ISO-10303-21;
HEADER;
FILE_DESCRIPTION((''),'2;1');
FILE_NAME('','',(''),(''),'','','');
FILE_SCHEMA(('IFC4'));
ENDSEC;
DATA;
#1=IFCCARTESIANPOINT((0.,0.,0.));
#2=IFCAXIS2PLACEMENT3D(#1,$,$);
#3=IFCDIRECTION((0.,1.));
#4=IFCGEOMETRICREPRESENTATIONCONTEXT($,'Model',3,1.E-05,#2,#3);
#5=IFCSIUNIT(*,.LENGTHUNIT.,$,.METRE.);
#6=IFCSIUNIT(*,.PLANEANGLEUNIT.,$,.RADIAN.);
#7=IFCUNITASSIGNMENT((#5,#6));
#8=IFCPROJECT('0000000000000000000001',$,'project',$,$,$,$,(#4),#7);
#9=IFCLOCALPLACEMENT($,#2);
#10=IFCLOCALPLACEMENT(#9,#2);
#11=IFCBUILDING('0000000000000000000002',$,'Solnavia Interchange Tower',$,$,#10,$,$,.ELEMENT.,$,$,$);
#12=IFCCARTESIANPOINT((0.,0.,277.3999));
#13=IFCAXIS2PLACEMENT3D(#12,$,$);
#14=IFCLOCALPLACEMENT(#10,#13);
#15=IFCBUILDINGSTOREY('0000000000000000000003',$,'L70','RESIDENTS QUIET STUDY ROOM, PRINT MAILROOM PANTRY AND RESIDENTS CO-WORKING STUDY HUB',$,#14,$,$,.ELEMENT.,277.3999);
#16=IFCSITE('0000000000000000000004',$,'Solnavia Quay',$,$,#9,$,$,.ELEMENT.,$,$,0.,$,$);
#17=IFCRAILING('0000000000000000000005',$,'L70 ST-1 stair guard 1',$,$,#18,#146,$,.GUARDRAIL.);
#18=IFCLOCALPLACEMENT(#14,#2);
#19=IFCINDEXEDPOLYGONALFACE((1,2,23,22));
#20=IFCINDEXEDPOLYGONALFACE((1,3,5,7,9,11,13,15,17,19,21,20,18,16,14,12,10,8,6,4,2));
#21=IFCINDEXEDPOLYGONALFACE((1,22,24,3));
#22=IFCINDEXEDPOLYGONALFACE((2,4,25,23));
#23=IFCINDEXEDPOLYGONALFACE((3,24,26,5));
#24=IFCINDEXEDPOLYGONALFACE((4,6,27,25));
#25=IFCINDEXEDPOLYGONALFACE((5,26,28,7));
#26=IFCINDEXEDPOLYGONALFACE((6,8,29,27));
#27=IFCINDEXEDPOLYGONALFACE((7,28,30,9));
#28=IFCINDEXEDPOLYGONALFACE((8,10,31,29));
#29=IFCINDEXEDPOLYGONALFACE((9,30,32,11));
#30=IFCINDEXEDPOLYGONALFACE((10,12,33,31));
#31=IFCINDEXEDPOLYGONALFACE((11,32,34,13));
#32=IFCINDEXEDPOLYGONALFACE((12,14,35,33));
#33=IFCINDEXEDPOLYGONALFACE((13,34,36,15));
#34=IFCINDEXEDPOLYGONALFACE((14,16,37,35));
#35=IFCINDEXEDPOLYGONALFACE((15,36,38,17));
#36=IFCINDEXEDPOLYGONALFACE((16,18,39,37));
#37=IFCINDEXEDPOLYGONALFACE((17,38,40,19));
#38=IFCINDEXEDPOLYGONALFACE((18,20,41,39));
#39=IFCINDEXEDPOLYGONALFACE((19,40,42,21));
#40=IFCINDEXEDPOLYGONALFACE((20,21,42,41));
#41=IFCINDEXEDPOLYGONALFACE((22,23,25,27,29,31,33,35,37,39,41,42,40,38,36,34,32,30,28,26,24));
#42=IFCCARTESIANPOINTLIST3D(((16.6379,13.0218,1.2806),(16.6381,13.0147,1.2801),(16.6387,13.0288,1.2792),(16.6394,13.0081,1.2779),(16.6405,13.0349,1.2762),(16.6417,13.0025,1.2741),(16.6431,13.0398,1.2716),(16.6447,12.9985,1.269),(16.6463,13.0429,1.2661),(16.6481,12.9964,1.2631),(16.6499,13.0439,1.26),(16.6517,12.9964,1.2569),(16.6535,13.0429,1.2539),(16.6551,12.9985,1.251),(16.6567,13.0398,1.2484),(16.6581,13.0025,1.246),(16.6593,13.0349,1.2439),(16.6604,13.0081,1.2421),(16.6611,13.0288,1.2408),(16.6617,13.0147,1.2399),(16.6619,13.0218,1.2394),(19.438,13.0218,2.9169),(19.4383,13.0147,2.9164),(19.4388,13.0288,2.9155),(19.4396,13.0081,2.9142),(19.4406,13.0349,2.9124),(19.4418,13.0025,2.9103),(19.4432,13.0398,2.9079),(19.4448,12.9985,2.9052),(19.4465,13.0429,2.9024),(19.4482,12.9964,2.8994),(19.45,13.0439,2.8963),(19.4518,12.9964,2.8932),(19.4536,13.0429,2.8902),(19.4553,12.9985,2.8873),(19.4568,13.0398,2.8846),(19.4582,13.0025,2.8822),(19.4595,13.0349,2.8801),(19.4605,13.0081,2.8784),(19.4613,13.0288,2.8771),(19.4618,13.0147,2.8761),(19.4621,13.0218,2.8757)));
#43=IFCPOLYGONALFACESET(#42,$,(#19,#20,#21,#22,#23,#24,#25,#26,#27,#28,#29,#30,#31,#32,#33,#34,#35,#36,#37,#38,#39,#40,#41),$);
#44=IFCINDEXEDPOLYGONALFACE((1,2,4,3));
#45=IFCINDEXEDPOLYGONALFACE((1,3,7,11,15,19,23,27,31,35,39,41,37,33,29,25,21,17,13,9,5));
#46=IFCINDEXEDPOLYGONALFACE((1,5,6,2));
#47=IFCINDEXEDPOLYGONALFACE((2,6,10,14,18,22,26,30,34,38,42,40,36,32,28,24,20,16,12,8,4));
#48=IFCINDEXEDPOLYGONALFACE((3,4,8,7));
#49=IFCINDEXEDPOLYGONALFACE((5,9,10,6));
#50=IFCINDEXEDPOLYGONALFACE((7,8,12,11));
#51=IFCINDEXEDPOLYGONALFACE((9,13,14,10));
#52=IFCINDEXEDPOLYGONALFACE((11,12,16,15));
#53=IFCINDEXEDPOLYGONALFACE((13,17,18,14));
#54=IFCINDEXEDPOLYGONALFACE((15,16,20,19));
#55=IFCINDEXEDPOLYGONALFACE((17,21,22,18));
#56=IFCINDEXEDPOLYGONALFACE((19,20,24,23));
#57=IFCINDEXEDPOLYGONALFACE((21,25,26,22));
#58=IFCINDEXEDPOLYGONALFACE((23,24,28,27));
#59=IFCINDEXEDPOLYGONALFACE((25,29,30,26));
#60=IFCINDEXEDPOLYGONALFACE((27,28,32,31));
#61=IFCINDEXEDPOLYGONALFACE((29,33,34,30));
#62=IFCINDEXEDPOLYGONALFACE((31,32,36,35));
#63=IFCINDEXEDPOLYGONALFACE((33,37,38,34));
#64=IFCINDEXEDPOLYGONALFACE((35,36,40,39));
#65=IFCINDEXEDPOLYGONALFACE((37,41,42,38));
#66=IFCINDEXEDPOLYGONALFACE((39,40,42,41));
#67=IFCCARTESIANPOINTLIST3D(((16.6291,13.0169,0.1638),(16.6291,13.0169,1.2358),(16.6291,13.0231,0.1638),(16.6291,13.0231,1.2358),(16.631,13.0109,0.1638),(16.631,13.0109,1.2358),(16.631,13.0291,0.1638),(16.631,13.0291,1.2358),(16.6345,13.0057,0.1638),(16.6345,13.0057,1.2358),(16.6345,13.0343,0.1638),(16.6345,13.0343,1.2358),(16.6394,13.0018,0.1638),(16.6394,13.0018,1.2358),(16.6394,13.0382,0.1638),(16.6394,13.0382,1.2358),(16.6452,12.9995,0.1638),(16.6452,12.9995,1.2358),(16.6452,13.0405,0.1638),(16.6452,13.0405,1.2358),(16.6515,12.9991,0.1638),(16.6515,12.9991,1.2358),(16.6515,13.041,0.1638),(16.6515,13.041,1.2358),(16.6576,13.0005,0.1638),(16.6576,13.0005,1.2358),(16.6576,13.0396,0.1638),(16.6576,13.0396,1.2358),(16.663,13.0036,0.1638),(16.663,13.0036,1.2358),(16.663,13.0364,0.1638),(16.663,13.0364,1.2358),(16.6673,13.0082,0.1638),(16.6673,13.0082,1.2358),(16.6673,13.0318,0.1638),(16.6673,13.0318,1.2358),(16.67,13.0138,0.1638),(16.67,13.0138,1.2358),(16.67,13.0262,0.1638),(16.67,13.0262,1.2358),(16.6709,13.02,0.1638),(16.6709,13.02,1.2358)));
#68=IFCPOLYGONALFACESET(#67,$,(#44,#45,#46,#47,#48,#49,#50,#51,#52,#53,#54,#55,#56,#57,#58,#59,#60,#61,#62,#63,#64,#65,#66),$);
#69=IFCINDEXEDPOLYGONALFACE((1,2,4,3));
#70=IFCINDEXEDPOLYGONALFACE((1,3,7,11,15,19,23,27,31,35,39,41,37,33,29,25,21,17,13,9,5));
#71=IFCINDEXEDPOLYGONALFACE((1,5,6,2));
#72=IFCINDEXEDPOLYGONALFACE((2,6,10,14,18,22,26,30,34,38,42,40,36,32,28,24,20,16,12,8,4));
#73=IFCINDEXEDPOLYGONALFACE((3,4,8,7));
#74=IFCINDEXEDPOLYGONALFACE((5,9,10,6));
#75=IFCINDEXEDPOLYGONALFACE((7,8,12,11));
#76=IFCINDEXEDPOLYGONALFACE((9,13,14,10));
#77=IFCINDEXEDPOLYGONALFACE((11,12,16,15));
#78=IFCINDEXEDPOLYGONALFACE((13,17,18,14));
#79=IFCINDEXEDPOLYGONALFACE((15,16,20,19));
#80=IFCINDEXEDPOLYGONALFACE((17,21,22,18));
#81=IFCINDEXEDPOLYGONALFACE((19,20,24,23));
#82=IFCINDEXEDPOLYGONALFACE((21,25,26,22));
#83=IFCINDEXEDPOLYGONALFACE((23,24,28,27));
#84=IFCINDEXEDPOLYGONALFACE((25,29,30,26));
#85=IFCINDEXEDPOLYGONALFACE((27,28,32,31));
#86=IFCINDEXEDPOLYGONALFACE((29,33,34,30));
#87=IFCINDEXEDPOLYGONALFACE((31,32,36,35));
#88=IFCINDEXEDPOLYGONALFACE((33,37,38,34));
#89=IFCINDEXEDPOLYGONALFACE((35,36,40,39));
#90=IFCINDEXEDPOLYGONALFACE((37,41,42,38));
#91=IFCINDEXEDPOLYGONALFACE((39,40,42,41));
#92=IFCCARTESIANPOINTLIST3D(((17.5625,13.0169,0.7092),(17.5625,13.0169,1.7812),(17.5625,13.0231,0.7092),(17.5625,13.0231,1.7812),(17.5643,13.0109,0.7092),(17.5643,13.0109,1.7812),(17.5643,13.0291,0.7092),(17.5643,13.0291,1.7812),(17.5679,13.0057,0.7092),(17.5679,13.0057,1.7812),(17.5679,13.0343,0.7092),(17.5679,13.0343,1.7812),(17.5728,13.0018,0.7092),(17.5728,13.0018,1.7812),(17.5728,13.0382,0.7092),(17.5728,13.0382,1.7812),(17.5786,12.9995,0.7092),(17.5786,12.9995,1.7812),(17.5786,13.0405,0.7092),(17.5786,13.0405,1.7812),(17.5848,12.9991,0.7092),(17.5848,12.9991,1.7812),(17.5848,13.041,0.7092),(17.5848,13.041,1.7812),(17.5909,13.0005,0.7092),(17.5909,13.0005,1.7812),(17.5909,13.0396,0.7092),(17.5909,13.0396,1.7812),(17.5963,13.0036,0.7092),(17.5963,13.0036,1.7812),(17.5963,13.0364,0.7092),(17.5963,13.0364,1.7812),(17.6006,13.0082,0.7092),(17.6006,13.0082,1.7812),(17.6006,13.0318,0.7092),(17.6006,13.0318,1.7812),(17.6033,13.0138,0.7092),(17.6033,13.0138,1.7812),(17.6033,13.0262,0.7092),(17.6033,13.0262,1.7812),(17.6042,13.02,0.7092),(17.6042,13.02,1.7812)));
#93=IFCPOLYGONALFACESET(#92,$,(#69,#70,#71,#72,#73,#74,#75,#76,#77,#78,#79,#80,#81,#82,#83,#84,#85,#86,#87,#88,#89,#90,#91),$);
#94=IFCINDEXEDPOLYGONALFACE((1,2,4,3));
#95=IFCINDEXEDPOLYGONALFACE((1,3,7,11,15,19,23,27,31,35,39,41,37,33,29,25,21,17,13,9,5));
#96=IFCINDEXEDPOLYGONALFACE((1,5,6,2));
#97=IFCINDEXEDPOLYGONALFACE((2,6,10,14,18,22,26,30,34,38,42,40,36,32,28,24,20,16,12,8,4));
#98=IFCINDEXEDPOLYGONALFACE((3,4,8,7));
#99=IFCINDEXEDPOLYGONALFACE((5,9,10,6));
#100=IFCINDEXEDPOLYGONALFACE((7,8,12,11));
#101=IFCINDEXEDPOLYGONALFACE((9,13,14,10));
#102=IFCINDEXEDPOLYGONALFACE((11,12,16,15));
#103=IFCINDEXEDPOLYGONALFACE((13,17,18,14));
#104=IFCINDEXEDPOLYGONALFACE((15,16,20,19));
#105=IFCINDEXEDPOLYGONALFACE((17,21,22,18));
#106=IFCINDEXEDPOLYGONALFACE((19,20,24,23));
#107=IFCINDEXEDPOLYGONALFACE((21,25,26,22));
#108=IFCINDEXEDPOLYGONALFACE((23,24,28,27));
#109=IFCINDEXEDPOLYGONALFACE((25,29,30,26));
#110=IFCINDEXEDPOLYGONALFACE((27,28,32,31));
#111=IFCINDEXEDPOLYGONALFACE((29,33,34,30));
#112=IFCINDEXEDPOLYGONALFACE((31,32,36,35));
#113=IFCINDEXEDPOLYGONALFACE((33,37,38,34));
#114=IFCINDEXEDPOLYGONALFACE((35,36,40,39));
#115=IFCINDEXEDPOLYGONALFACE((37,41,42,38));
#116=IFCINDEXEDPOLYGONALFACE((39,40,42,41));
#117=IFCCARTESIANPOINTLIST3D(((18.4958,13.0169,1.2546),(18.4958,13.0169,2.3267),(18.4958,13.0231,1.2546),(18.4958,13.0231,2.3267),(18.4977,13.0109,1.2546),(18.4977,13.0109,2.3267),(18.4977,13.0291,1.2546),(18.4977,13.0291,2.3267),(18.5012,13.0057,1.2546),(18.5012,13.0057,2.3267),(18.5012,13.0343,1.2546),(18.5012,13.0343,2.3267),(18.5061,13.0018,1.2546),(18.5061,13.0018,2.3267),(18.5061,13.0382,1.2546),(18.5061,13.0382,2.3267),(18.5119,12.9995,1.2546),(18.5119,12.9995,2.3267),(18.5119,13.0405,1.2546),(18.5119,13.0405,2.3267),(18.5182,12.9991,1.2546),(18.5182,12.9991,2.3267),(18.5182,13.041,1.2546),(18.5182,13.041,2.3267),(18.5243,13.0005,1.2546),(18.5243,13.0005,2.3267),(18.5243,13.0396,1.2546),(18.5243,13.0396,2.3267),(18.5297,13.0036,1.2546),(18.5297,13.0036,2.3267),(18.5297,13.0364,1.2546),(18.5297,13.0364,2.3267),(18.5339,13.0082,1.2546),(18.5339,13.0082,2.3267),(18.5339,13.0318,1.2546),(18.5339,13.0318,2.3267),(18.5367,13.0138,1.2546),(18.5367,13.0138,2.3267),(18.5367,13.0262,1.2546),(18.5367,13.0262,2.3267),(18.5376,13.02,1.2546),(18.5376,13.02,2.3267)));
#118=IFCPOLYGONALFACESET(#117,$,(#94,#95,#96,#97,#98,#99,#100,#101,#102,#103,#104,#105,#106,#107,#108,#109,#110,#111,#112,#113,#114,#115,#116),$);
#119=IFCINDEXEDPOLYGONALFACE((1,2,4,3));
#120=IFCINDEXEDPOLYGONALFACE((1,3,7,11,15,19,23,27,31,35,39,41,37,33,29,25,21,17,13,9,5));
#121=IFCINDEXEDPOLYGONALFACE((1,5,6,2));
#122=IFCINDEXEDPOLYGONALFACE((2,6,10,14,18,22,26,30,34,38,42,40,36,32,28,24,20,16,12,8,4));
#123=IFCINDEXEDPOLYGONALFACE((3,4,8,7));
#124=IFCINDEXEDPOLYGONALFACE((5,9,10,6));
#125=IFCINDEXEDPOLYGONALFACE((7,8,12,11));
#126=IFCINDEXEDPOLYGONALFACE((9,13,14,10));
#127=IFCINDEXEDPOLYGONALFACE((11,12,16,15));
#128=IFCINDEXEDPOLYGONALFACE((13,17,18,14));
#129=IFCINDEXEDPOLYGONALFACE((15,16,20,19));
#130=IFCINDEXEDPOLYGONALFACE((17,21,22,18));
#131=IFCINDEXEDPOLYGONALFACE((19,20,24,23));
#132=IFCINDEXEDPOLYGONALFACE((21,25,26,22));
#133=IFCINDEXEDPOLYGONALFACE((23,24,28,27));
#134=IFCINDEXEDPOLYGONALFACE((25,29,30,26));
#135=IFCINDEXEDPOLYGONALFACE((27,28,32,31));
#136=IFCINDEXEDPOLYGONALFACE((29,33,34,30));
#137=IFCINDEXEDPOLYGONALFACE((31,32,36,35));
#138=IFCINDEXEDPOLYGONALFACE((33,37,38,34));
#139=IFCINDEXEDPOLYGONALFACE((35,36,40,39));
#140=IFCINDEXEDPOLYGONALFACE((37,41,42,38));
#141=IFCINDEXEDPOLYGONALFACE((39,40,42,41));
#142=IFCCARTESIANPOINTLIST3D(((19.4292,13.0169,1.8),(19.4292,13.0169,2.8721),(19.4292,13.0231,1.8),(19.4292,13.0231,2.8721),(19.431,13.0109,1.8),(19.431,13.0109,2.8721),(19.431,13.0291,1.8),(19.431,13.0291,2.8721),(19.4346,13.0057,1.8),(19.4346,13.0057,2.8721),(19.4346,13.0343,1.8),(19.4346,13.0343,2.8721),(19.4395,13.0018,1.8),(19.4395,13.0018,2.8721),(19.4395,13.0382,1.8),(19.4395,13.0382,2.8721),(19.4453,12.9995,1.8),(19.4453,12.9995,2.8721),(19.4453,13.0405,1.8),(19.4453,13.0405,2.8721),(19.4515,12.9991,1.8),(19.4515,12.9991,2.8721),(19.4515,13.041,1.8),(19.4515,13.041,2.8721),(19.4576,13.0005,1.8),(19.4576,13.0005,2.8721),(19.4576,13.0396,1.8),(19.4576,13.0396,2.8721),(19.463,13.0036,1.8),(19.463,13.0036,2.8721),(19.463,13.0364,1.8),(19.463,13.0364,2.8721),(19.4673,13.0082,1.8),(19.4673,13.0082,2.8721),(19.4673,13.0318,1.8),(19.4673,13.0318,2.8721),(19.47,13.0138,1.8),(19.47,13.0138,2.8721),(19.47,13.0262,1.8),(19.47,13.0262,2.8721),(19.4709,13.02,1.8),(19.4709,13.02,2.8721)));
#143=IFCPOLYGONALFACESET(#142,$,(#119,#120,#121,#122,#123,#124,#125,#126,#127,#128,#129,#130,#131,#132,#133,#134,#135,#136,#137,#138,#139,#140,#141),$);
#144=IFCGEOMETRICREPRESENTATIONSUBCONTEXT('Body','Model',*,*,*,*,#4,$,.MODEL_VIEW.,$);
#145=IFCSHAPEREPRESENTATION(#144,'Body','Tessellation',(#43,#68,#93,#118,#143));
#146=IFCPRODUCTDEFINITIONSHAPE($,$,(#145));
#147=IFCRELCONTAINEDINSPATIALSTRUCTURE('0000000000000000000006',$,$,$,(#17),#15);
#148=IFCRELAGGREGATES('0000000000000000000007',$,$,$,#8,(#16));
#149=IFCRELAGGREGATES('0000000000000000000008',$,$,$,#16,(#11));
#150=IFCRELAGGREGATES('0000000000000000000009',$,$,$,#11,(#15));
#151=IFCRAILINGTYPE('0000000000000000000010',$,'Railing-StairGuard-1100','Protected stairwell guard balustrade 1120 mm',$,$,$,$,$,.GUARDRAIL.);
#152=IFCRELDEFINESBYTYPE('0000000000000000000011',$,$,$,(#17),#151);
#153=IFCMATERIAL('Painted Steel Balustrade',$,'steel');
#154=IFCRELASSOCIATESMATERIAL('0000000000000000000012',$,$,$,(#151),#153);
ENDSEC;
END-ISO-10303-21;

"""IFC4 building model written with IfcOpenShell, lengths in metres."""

from ifc_helpers import new_model, si_unit, direction, frame, origin, origin_2d, place, context, subcontext, project, spatial, circle, extrude, material, type_object, element, save


model = new_model("IFC4")

# Units and contexts
model_context = context("Model", 3, precision=1e-05, world=origin(), true_north=direction((0.0, 1.0)))
body_context = subcontext(model_context, "Body", "Model", "MODEL_VIEW")
ifc_project = project(units=[si_unit("LENGTHUNIT", "METRE"), si_unit("PLANEANGLEUNIT", "RADIAN")], contexts=[model_context])

# Site, building, storey
site_placement = place(None, origin())
site = spatial("IfcSite", under=ifc_project, at=site_placement, Name="Solnavia Quay", CompositionType="ELEMENT", RefElevation=0.0)
building_placement = place(site_placement, origin())
building = spatial("IfcBuilding", under=site, at=building_placement, Name="Solnavia Interchange Tower", CompositionType="ELEMENT")
storey_placement = place(building_placement, frame((0.0, 0.0, 277.3999)))
storey = spatial("IfcBuildingStorey", under=building, at=storey_placement, Name="L70", Description="RESIDENTS QUIET STUDY ROOM, PRINT MAILROOM PANTRY AND RESIDENTS CO-WORKING STUDY HUB", CompositionType="ELEMENT", Elevation=277.3999)

# Railing
ifc_material_1 = material(Name="Painted Steel Balustrade", Category="steel")
railing_type_1 = type_object("IfcRailingType", Name="Railing-StairGuard-1100", Description="Protected stairwell guard balustrade 1120 mm", PredefinedType="GUARDRAIL", material=ifc_material_1)
railing_1_placement = place(storey_placement, frame((16.6499, 13.02, 0.1638)))
element("IfcRailing", 1, at=railing_1_placement, inside=storey, type_object=railing_type_1, Name="L70 ST-1 stair guard 1", PredefinedType="GUARDRAIL", context=body_context, shape_type="SweptSolid", body=[
    extrude(circle(Radius=0.0239, at=origin_2d()), frame((0.0, 0.0, 1.0962), z_axis=(0.863394, 0.0, 0.504531), x_axis=(0.0, 1.0, 0.0)), (0.0, 0.0, 1.0), 3.2432),
    extrude(circle(Radius=0.021, at=origin_2d()), origin(), (0.0, 0.0, 1.0), 1.072),
    extrude(circle(Radius=0.021, at=origin_2d()), frame((0.9333, 0.0, 0.5454)), (0.0, 0.0, 1.0), 1.072),
    extrude(circle(Radius=0.021, at=origin_2d()), frame((1.8667, 0.0, 1.0908)), (0.0, 0.0, 1.0), 1.072),
    extrude(circle(Radius=0.021, at=origin_2d()), frame((2.8, 0.0, 1.6362)), (0.0, 0.0, 1.0), 1.072),
])

save(model, "model.ifc")
